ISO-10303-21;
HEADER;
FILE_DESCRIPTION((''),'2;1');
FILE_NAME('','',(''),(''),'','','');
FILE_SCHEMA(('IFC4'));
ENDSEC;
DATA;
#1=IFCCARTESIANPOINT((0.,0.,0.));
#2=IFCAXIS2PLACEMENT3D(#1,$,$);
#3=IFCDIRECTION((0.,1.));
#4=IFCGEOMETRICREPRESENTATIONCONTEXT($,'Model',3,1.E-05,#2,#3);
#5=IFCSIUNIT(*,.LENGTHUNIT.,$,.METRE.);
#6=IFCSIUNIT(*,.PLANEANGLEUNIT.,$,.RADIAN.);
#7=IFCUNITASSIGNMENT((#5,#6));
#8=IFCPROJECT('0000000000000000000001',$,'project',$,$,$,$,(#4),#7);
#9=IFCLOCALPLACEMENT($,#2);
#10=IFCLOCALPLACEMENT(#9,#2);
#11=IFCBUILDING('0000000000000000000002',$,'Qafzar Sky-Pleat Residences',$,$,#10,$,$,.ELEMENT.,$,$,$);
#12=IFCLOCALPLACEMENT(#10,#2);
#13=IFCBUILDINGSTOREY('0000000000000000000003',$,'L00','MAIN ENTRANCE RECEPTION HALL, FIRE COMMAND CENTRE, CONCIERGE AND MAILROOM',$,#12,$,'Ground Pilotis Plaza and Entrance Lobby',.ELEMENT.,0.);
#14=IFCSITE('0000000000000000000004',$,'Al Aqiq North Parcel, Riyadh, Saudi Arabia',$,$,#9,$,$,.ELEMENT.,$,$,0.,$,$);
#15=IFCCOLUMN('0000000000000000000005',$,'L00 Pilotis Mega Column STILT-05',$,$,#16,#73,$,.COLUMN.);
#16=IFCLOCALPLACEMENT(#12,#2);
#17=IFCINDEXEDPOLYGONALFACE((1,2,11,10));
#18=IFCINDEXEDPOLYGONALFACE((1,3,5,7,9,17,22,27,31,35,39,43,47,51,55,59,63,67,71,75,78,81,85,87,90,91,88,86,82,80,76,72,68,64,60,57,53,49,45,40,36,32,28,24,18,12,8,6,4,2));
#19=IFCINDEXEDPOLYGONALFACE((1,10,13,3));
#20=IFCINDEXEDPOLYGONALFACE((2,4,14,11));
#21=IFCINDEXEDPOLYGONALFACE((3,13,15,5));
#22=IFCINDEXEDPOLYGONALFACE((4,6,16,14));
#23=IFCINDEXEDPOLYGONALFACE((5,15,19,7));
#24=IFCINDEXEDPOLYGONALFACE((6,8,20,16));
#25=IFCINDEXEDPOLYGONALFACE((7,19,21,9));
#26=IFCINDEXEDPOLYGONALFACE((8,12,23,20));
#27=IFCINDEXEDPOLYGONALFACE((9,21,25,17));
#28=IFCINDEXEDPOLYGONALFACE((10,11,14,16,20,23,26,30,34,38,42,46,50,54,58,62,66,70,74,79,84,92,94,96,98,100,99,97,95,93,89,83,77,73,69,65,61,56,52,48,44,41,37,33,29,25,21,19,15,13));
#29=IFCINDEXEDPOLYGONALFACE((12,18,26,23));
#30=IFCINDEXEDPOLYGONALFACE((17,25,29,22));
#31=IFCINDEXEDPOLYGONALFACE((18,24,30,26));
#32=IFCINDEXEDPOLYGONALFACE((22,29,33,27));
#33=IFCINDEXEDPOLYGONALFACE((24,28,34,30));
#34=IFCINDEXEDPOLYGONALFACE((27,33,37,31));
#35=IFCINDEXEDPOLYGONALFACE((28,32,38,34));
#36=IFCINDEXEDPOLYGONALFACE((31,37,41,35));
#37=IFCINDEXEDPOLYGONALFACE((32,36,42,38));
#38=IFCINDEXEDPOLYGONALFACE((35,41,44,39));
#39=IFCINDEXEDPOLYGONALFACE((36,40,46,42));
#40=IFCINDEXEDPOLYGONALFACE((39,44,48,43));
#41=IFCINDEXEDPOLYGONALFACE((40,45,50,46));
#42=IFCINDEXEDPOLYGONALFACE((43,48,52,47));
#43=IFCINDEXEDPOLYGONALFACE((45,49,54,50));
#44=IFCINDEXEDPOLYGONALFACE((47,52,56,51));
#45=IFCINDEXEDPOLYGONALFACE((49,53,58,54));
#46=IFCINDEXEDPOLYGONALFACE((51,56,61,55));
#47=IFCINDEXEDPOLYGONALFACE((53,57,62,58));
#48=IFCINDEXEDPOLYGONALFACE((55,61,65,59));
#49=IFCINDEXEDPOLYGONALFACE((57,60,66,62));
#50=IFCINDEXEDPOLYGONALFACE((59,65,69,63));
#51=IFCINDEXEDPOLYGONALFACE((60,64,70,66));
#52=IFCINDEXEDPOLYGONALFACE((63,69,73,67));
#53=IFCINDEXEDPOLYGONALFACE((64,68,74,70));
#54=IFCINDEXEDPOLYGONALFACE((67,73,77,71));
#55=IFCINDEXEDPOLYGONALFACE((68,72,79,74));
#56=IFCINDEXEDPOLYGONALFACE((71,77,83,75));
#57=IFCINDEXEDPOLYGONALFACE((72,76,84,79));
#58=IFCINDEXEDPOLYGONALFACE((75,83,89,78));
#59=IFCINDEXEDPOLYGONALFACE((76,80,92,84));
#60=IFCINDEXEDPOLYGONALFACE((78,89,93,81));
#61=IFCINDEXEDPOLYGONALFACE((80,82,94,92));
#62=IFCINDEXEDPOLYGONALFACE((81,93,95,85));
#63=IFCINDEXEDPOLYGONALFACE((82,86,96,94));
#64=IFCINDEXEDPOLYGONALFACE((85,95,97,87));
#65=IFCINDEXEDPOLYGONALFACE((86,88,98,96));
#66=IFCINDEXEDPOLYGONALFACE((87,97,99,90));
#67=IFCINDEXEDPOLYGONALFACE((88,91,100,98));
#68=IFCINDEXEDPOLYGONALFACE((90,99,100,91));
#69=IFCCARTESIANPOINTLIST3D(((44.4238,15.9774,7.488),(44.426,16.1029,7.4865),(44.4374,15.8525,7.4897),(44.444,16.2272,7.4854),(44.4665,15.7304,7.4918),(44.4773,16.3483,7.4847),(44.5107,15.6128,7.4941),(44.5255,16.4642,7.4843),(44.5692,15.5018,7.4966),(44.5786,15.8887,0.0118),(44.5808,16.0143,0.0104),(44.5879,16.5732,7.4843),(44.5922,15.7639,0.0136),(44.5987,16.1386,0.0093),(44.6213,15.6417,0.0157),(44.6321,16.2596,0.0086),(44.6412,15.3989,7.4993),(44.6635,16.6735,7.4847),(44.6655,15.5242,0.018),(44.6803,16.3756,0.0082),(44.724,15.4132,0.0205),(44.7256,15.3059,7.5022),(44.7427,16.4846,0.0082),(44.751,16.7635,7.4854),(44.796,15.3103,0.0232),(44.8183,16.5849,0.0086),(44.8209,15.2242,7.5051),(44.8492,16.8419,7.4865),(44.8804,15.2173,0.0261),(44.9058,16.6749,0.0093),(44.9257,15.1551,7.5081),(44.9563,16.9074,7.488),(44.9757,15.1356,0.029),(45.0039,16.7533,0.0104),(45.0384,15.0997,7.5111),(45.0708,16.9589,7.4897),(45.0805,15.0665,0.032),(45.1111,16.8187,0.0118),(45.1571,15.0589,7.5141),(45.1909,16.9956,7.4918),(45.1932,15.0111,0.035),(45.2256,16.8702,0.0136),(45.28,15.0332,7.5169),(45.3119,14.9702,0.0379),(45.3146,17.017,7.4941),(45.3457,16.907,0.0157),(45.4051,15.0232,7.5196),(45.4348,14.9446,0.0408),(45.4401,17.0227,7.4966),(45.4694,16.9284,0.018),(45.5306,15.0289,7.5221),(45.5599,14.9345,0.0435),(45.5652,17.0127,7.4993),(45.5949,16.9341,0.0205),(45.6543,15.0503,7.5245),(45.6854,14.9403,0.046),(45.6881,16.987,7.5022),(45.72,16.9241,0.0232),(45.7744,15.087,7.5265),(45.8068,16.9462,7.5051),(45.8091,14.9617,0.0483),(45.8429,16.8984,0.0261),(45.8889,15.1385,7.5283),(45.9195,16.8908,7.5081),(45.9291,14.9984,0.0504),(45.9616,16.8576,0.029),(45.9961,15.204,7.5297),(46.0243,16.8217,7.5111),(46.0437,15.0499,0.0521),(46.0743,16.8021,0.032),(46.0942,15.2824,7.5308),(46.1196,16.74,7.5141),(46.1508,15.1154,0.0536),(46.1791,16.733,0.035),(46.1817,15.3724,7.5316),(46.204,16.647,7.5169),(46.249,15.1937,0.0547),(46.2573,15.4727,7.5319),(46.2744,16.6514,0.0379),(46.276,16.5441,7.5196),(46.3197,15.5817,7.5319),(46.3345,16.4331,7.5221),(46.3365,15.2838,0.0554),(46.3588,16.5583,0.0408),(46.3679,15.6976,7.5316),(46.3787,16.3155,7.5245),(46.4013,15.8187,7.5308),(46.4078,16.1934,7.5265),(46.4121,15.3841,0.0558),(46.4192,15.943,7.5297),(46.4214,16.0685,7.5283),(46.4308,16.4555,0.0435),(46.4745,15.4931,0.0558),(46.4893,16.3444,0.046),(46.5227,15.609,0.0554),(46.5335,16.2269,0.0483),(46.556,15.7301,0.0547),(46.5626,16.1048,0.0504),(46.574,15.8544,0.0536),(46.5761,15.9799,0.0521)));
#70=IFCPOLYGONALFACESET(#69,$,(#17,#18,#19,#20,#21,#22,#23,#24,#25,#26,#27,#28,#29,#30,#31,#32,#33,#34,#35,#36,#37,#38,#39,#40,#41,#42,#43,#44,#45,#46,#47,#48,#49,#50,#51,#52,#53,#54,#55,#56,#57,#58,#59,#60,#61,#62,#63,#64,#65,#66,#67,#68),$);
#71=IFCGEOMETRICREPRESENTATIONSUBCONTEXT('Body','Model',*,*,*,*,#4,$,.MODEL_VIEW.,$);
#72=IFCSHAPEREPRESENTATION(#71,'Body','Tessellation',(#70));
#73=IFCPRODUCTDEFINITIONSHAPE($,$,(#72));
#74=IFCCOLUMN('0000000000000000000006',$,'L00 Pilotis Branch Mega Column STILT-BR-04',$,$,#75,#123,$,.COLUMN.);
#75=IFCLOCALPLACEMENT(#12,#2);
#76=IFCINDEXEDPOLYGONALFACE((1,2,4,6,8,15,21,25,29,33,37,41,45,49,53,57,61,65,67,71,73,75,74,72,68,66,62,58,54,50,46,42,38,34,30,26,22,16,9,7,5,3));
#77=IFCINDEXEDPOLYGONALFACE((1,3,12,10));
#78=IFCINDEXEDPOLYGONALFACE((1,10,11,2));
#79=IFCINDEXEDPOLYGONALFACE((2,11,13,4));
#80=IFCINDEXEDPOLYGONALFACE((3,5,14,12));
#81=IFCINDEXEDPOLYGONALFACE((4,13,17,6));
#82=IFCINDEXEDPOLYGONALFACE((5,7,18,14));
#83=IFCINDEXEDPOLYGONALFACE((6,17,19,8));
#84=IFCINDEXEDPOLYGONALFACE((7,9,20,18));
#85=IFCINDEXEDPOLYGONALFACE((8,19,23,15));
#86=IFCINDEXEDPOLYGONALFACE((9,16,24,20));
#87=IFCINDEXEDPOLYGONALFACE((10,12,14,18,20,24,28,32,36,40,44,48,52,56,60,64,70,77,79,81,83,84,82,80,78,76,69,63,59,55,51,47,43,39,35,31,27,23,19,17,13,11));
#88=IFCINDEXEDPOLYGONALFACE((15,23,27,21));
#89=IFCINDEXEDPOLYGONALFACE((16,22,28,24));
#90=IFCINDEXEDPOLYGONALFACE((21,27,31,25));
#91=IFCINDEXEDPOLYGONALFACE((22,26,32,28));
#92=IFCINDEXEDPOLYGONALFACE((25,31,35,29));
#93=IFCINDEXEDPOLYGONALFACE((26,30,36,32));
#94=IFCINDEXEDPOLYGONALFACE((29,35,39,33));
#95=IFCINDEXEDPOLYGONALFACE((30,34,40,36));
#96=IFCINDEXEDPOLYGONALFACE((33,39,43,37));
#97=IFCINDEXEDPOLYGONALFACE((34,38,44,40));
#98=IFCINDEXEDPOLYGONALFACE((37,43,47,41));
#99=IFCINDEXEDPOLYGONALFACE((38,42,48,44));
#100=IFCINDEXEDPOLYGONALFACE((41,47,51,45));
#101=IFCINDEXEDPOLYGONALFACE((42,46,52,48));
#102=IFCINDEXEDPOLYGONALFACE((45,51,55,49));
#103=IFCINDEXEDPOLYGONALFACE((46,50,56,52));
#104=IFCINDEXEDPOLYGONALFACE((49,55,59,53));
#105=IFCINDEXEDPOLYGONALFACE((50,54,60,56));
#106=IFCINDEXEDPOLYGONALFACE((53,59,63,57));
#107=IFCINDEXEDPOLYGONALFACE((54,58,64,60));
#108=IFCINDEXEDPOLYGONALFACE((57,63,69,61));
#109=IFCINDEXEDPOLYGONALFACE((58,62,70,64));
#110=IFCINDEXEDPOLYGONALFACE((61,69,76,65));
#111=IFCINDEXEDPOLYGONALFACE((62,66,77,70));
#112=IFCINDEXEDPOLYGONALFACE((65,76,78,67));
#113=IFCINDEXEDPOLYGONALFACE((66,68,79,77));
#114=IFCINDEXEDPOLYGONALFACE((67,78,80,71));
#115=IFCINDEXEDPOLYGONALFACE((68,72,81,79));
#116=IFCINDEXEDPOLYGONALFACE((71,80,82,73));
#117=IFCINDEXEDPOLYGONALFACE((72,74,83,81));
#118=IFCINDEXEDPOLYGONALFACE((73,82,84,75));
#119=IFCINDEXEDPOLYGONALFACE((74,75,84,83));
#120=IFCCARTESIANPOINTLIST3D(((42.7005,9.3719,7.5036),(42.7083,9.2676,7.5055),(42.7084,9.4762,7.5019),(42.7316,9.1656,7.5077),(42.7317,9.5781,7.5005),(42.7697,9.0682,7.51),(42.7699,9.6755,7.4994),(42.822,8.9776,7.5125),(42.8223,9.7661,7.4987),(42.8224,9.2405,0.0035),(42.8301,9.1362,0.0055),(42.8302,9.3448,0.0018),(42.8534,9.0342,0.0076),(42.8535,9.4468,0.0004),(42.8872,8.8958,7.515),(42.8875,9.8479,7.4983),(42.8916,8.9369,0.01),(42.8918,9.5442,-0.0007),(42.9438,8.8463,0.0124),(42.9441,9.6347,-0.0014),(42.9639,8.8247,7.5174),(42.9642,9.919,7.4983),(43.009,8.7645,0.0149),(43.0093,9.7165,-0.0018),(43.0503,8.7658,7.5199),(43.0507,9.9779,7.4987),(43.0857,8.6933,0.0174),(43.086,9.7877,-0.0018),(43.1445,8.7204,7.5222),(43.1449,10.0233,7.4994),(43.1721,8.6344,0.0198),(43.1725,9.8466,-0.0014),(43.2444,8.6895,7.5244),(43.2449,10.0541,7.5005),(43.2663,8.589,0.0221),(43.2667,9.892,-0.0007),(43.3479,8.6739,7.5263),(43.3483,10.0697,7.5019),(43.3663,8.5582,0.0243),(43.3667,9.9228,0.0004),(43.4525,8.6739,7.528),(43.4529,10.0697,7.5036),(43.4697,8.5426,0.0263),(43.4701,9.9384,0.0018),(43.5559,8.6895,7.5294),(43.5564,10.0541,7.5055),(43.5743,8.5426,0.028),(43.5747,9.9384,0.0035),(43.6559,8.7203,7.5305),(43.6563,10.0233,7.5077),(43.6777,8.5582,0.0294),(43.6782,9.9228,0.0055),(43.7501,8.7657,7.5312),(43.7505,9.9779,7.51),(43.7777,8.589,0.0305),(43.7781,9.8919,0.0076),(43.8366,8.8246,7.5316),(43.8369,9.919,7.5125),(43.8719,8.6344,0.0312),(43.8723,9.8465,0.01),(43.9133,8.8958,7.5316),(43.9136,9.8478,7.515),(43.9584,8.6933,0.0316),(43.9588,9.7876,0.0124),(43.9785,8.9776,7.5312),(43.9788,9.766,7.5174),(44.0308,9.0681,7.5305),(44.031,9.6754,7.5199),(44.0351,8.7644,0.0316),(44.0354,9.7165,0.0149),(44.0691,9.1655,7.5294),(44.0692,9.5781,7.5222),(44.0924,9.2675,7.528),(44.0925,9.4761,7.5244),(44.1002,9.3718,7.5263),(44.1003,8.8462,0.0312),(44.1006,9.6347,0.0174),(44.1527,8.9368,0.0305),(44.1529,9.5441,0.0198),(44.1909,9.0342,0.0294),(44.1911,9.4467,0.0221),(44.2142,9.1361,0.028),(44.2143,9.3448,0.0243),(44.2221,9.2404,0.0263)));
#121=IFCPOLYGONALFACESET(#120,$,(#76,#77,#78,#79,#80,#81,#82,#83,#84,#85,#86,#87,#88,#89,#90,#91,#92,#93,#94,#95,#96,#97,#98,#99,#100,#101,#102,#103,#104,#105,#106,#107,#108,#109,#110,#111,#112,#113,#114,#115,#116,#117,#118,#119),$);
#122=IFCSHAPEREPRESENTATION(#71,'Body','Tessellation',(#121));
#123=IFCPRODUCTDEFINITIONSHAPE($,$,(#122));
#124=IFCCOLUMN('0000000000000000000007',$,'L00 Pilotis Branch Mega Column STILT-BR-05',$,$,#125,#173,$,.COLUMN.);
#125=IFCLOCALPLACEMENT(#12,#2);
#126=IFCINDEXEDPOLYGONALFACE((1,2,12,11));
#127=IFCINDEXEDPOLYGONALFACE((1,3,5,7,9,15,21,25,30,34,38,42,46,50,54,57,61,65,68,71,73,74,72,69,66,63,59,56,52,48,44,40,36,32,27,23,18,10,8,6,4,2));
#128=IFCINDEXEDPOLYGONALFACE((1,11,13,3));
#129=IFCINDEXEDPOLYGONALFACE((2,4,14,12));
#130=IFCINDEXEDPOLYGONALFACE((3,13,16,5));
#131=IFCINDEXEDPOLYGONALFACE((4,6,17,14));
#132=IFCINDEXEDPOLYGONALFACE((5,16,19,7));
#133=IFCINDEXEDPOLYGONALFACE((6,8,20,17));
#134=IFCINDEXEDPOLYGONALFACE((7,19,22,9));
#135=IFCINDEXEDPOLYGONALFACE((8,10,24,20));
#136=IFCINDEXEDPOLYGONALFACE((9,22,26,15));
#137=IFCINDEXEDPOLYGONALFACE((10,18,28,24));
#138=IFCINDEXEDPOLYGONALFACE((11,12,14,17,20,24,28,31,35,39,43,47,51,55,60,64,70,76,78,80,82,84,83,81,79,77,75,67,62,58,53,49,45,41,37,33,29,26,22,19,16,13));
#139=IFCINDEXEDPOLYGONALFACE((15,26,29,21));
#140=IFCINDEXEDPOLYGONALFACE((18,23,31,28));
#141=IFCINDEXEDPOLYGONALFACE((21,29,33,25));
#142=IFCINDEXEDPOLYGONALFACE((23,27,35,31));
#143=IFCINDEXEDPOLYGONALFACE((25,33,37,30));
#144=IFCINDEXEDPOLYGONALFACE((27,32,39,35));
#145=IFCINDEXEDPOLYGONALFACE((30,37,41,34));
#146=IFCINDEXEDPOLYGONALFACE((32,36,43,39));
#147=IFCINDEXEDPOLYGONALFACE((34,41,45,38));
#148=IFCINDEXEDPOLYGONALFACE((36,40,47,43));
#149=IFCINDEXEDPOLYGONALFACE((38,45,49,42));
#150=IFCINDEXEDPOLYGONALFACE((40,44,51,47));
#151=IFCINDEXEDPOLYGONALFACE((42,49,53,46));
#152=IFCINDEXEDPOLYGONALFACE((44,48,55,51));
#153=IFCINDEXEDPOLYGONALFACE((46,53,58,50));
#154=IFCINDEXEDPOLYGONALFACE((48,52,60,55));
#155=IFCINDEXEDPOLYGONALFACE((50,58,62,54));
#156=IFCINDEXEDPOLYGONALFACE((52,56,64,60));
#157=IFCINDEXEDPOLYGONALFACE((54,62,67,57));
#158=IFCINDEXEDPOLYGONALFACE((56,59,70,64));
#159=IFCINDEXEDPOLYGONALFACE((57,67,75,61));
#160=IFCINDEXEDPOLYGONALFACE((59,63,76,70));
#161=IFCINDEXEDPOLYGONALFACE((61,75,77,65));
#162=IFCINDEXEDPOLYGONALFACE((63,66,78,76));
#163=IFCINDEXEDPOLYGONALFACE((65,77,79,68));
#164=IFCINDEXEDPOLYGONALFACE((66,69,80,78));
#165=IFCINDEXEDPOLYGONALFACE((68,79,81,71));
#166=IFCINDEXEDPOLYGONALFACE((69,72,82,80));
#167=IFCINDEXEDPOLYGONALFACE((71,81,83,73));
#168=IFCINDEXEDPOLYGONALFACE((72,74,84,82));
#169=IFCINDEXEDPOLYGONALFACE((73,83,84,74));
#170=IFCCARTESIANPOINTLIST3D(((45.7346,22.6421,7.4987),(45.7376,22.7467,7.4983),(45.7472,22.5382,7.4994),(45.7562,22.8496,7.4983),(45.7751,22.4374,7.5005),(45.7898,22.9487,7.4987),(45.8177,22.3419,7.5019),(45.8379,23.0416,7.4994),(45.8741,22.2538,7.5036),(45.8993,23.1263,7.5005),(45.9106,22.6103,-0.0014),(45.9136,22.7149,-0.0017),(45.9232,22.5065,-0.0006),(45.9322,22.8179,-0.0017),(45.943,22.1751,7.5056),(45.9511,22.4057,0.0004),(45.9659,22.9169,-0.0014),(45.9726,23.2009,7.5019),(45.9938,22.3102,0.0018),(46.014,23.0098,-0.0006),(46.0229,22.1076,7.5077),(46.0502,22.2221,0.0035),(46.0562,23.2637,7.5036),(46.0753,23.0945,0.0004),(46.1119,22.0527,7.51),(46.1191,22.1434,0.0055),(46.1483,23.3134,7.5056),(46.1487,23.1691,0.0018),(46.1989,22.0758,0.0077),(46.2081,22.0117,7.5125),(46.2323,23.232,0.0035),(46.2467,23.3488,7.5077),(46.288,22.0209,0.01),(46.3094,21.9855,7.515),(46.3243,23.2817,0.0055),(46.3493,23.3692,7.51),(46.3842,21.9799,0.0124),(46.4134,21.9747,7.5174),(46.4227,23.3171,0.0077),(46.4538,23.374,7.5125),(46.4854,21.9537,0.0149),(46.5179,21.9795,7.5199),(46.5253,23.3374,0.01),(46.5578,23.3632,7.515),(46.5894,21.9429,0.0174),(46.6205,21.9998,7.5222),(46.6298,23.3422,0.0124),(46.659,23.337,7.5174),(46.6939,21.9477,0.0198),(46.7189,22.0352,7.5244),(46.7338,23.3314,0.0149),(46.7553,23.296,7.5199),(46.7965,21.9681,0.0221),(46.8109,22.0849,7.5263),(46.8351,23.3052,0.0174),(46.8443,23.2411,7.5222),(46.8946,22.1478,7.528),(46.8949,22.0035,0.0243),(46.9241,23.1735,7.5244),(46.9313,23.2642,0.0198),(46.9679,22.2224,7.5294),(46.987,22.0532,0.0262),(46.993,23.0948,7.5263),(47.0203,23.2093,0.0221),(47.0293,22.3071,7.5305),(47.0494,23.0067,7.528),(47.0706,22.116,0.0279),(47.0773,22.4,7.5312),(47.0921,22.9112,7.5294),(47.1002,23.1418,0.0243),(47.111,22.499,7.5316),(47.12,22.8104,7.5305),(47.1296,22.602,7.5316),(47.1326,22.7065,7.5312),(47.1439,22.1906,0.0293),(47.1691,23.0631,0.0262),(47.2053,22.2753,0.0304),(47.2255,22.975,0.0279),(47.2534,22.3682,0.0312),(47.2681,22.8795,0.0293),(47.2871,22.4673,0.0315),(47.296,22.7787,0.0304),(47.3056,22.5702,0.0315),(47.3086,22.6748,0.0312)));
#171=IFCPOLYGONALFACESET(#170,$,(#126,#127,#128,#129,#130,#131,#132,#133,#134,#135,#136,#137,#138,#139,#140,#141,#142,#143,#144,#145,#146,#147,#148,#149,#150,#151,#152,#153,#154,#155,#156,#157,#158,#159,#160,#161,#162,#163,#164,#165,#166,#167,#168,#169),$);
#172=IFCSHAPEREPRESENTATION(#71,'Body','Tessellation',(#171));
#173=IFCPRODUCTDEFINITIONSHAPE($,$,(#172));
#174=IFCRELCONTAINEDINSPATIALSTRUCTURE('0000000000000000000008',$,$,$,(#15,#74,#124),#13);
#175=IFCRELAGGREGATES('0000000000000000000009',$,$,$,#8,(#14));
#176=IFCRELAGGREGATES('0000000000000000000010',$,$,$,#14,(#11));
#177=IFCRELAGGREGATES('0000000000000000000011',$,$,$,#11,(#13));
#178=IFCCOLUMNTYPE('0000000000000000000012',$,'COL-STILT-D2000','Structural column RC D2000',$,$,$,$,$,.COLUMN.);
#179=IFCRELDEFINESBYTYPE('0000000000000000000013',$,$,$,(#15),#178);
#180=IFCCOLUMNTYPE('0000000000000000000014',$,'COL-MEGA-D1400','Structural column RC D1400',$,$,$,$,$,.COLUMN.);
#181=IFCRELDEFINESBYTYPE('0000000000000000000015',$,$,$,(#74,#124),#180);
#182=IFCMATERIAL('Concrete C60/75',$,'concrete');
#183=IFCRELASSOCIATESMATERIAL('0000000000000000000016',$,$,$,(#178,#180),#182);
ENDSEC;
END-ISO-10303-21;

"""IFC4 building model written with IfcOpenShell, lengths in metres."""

from ifc_helpers import new_model, si_unit, direction, frame, origin, origin_2d, place, context, subcontext, project, spatial, circle, extrude, source, transform, mapped, material, material_profile, profile_set, type_object, element, save


model = new_model("IFC4")

# Units and contexts
model_context = context("Model", 3, precision=1e-05, world=origin(), true_north=direction((0.0, 1.0)))
body_context = subcontext(model_context, "Body", "Model", "MODEL_VIEW")
ifc_project = project(units=[si_unit("LENGTHUNIT", "METRE"), si_unit("PLANEANGLEUNIT", "RADIAN")], contexts=[model_context])

# Site, building, storey
site_placement = place(None, origin())
site = spatial("IfcSite", under=ifc_project, at=site_placement, Name="Al Aqiq North Parcel, Riyadh, Saudi Arabia", CompositionType="ELEMENT", RefElevation=0.0)
building_placement = place(site_placement, origin())
building = spatial("IfcBuilding", under=site, at=building_placement, Name="Qafzar Sky-Pleat Residences", CompositionType="ELEMENT")
storey_placement = place(building_placement, origin())
storey = spatial("IfcBuildingStorey", under=building, at=storey_placement, Name="L00", Description="MAIN ENTRANCE RECEPTION HALL, FIRE COMMAND CENTRE, CONCIERGE AND MAILROOM", LongName="Ground Pilotis Plaza and Entrance Lobby", CompositionType="ELEMENT", Elevation=0.0)

# Columns
ifc_material_1 = material(Name="Concrete C60/75", Category="concrete")
ifc_material_profile_1 = material_profile(ifc_material_1, circle(Radius=1.0, at=origin_2d()), Name="RC D2000")
ifc_profile_set_1 = profile_set([ifc_material_profile_1], Name="Concrete C60/75")
column_type_1 = type_object("IfcColumnType", Name="COL-STILT-D2000", Description="Structural column RC D2000", PredefinedType="COLUMN", material=ifc_profile_set_1)
shared_shape_1 = source(origin(), body_context, "Body", "SweptSolid", [
    extrude(circle(Radius=1.0, at=origin_2d()), origin(), (0.0, 0.0, 1.0), 7.4783),
])
column_placement = place(storey_placement, frame((45.5774, 15.9343, 0.032), z_axis=(-0.020698, 0.011851, 0.999716), x_axis=(-0.496876, -0.867822, 0.0)))
element("IfcColumn", 1, at=column_placement, inside=storey, type_object=column_type_1, Name="L00 Pilotis Mega Column STILT-05", PredefinedType="COLUMN", context=body_context, shape_type="MappedRepresentation", body=[
    mapped(shared_shape_1, transform((0.0, 0.0, 0.0), x_axis=(1.0, 0.0, 0.0), y_axis=(0.0, 1.0, 0.0), z_axis=(0.0, 0.0, 1.0), scale=1.0)),
])
ifc_material_profile_2 = material_profile(ifc_material_1, circle(Radius=0.7, at=origin_2d()), Name="RC D1400")
ifc_profile_set_2 = profile_set([ifc_material_profile_2], Name="Concrete C60/75")
column_type_2 = type_object("IfcColumnType", Name="COL-MEGA-D1400", Description="Structural column RC D1400", PredefinedType="COLUMN", material=ifc_profile_set_2)
shared_shape_2 = source(origin(), body_context, "Body", "SweptSolid", [
    extrude(circle(Radius=0.7, at=origin_2d()), origin(), (0.0, 0.0, 1.0), 7.5022),
])
for number, where, z_axis, x_axis, name in (
    (2, (43.5222, 9.2405, 0.0149), (-0.016239, 0.017508, 0.999715), (-0.733182, -0.680033, 0.0), "L00 Pilotis Branch Mega Column STILT-BR-04"),
    (3, (46.6096, 22.6426, 0.0149), (-0.023463, 0.004231, 0.999716), (-0.177444, -0.984131, 0.0), "L00 Pilotis Branch Mega Column STILT-BR-05"),
):
    element("IfcColumn", number, at=place(storey_placement, frame(where, z_axis=z_axis, x_axis=x_axis)), inside=storey, type_object=column_type_2, Name=name, PredefinedType="COLUMN", context=body_context, shape_type="MappedRepresentation", body=[
        mapped(shared_shape_2, transform((0.0, 0.0, 0.0), x_axis=(1.0, 0.0, 0.0), y_axis=(0.0, 1.0, 0.0), z_axis=(0.0, 0.0, 1.0), scale=1.0)),
    ])

save(model, "model.ifc")
